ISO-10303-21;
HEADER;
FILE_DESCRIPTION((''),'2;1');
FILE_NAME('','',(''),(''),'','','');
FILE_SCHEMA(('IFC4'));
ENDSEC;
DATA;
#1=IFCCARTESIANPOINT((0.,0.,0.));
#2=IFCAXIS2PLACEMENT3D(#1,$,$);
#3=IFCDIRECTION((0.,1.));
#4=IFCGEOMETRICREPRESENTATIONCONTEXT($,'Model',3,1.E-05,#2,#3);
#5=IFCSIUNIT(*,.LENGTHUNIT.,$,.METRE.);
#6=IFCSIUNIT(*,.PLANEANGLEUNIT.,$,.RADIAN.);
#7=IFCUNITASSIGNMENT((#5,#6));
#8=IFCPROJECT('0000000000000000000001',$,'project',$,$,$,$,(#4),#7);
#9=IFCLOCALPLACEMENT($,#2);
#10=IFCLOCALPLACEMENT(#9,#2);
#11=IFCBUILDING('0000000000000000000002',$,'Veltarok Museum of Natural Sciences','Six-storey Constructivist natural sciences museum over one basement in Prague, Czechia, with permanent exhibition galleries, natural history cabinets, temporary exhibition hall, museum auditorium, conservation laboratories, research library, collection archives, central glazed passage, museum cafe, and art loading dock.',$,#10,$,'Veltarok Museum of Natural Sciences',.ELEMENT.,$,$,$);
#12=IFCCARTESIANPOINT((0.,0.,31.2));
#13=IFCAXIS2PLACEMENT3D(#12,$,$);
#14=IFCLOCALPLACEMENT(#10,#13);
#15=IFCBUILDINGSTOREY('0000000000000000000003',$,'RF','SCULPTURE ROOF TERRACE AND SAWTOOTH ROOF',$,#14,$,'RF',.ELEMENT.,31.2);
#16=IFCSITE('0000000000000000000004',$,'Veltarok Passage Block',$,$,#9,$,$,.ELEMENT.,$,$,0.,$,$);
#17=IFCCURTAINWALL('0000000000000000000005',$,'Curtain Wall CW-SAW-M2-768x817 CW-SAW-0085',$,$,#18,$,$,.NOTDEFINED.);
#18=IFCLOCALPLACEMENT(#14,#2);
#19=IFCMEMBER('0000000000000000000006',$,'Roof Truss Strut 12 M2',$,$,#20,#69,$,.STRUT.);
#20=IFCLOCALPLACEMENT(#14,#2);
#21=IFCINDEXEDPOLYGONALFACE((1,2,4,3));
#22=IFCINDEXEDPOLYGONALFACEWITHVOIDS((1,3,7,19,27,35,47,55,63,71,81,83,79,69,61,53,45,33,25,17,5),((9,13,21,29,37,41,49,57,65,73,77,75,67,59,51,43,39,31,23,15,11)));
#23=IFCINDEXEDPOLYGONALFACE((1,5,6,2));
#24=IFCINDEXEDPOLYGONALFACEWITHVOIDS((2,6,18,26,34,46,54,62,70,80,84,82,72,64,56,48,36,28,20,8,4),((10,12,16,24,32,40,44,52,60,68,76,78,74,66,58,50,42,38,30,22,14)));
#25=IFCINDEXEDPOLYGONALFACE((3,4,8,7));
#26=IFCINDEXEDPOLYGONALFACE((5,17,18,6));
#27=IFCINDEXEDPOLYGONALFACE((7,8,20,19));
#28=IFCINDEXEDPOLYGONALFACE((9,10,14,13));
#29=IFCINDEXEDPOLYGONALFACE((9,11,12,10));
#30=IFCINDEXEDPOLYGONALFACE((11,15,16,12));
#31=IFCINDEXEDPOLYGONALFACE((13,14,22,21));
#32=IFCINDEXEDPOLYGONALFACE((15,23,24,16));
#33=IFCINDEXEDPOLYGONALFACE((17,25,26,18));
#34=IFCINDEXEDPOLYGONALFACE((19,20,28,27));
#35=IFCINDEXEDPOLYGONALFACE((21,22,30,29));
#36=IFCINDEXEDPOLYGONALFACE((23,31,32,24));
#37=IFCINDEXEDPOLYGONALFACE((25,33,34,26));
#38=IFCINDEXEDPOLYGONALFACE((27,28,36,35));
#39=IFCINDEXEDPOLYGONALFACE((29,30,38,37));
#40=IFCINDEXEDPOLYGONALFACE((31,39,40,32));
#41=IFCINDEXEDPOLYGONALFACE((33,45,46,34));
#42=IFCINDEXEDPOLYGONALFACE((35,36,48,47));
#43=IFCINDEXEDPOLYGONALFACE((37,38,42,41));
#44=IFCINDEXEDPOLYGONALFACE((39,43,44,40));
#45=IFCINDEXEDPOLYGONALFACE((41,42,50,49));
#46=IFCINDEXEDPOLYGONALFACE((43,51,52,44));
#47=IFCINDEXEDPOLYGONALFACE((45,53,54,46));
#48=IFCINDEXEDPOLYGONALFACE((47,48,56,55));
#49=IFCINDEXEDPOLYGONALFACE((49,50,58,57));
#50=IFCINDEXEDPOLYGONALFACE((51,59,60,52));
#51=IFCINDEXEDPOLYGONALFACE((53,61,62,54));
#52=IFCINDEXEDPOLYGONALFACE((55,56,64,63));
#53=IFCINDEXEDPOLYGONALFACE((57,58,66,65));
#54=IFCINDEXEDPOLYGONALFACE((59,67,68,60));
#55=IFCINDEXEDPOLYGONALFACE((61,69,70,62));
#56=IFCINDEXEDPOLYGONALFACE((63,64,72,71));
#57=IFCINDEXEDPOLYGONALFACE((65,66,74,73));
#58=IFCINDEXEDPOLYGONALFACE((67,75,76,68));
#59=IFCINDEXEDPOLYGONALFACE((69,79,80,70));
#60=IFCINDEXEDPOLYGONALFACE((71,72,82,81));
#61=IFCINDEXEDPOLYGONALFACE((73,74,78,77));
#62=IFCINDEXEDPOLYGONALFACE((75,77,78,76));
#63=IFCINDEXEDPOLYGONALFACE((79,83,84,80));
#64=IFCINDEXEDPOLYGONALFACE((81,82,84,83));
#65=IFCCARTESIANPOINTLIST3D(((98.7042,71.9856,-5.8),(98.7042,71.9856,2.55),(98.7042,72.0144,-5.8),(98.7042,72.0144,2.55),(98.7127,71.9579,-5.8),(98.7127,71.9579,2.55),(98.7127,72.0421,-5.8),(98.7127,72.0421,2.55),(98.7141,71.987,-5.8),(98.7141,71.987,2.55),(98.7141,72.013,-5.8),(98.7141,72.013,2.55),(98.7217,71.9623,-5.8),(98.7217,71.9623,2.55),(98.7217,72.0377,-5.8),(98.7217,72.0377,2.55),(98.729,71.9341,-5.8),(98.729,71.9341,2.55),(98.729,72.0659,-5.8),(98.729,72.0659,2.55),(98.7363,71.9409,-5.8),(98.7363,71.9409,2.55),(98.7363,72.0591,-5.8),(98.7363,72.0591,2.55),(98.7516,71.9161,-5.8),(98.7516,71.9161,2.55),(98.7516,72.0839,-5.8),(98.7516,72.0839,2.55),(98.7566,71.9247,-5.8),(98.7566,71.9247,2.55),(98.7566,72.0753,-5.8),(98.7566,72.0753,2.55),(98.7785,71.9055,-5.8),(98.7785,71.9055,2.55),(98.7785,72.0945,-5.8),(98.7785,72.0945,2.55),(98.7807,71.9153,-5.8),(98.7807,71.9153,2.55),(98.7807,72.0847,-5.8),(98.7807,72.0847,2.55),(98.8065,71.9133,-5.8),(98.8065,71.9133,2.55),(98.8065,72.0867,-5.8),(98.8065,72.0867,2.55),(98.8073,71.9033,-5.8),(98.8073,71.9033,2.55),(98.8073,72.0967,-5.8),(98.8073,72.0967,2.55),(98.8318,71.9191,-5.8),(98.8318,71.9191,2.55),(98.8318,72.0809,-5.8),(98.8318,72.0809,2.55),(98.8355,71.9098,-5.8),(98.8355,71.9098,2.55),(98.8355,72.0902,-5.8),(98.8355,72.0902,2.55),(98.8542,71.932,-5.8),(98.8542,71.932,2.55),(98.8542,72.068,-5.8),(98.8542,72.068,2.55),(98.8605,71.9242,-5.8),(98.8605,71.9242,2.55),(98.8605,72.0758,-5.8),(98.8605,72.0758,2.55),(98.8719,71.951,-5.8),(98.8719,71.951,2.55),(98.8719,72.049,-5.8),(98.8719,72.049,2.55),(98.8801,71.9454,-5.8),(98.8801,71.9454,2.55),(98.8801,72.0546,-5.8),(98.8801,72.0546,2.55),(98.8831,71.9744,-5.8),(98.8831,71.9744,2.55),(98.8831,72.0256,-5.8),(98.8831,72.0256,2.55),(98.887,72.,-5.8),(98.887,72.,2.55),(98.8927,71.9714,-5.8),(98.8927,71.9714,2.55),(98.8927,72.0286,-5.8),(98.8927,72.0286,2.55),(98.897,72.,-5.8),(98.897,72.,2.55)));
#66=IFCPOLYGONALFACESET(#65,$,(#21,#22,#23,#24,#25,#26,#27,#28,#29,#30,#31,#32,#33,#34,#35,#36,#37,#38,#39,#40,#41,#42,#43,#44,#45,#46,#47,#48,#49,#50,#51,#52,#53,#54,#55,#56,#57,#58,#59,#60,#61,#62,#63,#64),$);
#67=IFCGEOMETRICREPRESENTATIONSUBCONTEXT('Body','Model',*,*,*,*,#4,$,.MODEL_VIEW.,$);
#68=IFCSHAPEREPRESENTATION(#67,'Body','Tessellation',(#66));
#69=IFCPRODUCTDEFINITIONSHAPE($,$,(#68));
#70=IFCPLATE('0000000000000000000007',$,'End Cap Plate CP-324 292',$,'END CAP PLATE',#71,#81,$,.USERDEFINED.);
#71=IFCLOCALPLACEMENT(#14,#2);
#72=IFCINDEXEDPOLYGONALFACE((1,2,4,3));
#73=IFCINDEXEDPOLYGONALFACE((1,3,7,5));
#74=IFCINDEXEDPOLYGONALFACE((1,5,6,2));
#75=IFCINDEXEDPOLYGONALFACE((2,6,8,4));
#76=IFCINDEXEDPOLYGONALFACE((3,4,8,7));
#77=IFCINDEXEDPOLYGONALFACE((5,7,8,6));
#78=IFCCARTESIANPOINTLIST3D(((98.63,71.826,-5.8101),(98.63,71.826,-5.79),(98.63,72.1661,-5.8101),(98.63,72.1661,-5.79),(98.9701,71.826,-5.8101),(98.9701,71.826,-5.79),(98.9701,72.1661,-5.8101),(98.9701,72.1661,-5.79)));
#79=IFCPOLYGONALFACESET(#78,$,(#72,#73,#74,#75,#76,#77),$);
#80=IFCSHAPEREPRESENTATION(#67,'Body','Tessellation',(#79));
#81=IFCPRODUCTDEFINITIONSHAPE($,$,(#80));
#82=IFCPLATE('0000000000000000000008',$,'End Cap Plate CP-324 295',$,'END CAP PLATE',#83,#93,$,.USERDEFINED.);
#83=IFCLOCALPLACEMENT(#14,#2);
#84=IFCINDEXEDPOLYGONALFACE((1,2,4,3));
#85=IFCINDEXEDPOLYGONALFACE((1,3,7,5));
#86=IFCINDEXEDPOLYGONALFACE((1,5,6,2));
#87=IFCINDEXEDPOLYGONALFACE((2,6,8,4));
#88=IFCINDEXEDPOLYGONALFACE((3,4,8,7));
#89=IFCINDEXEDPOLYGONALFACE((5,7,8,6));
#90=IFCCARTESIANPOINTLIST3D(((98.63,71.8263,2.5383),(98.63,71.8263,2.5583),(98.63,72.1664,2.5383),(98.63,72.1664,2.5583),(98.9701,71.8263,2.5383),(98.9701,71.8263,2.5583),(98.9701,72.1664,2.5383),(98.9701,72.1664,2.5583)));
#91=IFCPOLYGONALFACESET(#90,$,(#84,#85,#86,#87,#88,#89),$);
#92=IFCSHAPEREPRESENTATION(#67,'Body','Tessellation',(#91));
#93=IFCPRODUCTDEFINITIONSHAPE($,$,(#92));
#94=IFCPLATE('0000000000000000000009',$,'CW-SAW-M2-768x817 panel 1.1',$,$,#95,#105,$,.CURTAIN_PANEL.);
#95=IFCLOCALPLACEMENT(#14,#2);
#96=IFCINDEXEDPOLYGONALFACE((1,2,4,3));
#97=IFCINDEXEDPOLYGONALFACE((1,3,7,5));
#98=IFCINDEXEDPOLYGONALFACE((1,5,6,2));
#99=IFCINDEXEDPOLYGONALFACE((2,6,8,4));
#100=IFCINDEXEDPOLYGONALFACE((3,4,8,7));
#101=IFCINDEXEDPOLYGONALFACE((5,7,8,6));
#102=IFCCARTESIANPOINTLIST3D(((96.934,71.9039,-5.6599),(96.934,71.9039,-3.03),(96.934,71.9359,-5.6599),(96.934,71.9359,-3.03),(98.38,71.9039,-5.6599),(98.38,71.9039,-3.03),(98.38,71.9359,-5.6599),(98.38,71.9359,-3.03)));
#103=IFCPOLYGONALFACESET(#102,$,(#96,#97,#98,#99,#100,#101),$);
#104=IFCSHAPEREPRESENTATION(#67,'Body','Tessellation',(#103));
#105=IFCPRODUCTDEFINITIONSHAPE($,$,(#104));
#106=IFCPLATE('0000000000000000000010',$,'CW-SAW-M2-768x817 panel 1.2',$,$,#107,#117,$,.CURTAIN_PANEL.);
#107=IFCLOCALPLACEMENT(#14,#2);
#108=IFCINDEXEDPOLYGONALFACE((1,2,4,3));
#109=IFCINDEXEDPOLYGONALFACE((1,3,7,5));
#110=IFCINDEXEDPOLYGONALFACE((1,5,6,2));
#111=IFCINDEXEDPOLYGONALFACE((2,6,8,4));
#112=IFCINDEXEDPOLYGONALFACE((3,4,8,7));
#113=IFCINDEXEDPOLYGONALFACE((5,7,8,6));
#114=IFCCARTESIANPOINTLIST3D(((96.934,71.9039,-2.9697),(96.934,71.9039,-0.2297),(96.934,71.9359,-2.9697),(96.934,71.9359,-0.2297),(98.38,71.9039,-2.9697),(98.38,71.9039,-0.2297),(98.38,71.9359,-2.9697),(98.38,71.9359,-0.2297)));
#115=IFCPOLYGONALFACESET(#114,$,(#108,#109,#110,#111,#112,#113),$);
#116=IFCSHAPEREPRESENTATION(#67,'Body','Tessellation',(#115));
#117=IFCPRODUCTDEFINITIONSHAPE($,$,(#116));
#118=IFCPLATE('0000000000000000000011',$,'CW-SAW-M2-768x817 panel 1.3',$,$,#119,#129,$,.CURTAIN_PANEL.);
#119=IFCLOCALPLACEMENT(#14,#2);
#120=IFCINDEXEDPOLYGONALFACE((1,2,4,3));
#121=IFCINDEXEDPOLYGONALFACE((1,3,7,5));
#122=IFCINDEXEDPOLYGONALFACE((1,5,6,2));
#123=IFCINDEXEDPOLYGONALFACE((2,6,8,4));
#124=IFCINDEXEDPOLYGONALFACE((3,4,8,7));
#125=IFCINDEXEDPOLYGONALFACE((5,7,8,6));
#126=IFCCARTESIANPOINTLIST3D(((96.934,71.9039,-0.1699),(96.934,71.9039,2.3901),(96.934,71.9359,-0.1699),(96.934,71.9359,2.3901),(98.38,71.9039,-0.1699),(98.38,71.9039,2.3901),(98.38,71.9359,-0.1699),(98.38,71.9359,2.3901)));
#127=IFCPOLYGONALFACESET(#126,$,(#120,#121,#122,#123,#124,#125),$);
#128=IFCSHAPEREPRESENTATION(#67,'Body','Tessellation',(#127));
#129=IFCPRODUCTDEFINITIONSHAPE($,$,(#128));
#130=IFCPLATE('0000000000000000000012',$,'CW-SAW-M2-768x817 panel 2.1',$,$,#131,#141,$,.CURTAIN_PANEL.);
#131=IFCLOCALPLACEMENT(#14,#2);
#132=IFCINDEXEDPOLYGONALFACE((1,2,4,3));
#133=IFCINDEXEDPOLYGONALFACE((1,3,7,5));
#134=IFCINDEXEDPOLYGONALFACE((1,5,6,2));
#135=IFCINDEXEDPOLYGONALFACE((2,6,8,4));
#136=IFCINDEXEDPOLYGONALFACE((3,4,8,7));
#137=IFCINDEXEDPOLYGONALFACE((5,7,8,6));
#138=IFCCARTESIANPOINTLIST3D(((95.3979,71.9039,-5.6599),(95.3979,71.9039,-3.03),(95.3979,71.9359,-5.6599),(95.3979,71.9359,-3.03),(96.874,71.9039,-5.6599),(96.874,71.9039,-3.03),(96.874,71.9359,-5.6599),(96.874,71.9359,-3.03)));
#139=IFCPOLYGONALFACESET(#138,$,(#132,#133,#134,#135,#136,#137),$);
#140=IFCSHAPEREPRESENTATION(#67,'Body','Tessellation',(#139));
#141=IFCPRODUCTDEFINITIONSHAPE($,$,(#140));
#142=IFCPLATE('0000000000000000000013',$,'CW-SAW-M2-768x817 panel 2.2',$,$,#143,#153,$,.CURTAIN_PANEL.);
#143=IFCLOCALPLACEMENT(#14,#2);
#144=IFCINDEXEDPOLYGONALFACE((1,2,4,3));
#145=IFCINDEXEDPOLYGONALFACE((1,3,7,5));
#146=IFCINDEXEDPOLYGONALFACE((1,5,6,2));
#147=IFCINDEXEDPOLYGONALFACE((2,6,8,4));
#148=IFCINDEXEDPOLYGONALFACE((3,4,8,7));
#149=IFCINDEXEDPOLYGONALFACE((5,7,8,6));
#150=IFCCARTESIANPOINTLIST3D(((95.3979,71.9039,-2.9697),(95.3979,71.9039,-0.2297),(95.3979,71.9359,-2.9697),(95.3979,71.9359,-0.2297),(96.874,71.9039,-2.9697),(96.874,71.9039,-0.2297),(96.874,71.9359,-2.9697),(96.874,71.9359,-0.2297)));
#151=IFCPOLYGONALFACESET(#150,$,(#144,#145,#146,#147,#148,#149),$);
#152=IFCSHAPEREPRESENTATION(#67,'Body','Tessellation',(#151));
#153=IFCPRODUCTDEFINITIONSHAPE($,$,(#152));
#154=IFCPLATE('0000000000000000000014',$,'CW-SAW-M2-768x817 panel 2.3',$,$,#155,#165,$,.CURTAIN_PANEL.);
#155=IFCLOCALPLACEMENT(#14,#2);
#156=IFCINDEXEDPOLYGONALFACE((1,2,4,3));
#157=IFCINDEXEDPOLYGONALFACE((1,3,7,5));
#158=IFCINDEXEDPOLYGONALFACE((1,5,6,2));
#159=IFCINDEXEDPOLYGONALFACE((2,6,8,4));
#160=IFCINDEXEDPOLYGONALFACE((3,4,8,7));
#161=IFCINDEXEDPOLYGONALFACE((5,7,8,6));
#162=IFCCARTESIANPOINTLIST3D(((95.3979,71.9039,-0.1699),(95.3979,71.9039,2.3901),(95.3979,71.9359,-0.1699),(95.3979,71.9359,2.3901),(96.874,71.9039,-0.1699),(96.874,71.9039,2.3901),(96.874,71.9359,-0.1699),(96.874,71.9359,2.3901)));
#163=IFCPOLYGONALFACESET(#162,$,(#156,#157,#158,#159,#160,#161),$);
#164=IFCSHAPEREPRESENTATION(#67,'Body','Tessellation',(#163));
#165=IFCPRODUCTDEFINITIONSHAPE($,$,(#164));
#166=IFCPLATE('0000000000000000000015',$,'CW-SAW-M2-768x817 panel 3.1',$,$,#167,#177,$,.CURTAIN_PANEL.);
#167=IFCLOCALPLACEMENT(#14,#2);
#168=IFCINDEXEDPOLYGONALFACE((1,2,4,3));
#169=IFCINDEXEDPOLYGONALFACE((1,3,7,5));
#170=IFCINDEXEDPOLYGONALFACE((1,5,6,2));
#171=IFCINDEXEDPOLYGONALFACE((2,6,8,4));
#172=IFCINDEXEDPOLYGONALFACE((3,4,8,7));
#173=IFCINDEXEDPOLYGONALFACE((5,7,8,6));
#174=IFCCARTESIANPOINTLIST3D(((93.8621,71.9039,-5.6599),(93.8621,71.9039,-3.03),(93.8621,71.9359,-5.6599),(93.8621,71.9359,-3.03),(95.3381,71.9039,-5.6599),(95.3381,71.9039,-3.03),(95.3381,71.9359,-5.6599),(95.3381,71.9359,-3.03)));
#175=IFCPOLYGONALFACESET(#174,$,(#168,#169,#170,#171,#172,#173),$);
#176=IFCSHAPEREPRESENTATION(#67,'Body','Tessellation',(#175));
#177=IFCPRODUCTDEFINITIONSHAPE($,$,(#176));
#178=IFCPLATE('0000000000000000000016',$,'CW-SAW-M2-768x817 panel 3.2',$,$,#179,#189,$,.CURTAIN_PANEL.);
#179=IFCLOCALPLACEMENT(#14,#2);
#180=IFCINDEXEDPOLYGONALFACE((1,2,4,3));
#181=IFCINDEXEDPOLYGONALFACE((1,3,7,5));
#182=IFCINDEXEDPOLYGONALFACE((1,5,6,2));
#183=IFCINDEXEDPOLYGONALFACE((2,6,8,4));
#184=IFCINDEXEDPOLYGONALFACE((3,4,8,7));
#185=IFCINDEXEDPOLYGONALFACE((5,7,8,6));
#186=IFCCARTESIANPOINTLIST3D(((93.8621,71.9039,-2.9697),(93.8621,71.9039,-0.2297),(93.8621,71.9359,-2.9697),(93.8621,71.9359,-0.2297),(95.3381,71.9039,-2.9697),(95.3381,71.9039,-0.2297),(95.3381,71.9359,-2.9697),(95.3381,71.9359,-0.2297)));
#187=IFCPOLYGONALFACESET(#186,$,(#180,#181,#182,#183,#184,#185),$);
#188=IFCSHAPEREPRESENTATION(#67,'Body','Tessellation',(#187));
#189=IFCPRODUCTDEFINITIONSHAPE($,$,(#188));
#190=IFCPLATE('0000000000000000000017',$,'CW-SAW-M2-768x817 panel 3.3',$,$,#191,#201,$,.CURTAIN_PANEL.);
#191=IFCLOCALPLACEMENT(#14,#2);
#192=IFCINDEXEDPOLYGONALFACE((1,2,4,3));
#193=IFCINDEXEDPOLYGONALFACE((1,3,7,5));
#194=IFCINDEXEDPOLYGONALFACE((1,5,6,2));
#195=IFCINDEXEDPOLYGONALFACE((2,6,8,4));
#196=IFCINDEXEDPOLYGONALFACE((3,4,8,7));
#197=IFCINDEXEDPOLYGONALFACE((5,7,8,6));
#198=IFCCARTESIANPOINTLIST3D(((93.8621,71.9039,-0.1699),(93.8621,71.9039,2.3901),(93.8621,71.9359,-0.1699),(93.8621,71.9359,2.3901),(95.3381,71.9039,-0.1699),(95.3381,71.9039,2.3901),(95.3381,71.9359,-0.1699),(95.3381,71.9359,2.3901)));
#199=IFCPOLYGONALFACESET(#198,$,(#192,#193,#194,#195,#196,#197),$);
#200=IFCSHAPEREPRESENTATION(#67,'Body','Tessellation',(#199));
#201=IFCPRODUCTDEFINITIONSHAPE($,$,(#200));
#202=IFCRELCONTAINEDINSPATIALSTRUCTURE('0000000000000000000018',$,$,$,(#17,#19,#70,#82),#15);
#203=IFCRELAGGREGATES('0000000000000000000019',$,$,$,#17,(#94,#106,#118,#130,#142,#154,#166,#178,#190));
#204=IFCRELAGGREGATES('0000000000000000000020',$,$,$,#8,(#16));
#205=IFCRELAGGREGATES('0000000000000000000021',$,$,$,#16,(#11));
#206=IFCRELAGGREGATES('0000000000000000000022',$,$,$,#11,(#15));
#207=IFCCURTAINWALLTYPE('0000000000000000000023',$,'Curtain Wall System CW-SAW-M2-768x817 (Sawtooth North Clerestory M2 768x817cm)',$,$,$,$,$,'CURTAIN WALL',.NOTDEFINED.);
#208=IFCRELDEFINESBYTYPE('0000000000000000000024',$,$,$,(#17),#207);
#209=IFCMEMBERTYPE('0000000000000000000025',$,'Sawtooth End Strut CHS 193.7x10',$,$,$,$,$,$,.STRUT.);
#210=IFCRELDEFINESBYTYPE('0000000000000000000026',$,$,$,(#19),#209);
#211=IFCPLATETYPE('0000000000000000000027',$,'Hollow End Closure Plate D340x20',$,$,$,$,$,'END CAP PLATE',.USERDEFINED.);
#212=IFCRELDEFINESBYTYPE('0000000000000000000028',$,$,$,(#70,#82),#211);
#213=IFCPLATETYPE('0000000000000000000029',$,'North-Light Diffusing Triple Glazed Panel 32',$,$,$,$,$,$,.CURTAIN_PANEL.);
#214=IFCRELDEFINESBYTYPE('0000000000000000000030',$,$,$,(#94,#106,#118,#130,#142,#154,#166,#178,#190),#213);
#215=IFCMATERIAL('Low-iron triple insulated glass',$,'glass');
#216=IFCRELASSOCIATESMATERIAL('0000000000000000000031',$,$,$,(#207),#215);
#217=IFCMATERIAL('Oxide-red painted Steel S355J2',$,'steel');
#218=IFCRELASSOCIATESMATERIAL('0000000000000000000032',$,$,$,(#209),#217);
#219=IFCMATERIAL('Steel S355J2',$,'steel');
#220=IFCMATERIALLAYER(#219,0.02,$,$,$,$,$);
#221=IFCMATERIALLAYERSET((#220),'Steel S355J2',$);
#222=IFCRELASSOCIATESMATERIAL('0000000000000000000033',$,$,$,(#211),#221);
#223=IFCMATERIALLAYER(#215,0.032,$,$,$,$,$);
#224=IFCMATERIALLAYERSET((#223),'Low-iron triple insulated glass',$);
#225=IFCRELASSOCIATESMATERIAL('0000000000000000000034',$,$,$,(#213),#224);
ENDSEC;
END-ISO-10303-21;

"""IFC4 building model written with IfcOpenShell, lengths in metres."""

from ifc_helpers import new_model, si_unit, direction, frame, origin, origin_2d, place, context, subcontext, project, spatial, rectangle, hollow_circle, extrude, material, layer, layer_set, material_profile, profile_set, type_object, element, aggregate, save


model = new_model("IFC4")

# Units and contexts
model_context = context("Model", 3, precision=1e-05, world=origin(), true_north=direction((0.0, 1.0)))
body_context = subcontext(model_context, "Body", "Model", "MODEL_VIEW")
ifc_project = project(units=[si_unit("LENGTHUNIT", "METRE"), si_unit("PLANEANGLEUNIT", "RADIAN")], contexts=[model_context])

# Site, building, storey
site_placement = place(None, origin())
site = spatial("IfcSite", under=ifc_project, at=site_placement, Name="Veltarok Passage Block", CompositionType="ELEMENT", RefElevation=0.0)
building_placement = place(site_placement, origin())
building = spatial("IfcBuilding", under=site, at=building_placement, Name="Veltarok Museum of Natural Sciences", Description="Six-storey Constructivist natural sciences museum over one basement in Prague, Czechia, with permanent exhibition galleries, natural history cabinets, temporary exhibition hall, museum auditorium, conservation laboratories, research library, collection archives, central glazed passage, museum cafe, and art loading dock.", LongName="Veltarok Museum of Natural Sciences", CompositionType="ELEMENT")
storey_placement = place(building_placement, frame((0.0, 0.0, 31.2)))
storey = spatial("IfcBuildingStorey", under=building, at=storey_placement, Name="RF", Description="SCULPTURE ROOF TERRACE AND SAWTOOTH ROOF", LongName="RF", CompositionType="ELEMENT", Elevation=31.2)

# Curtain wall
ifc_material_1 = material(Name="Low-iron triple insulated glass", Category="glass")
curtain_wall_type = type_object("IfcCurtainWallType", Name="Curtain Wall System CW-SAW-M2-768x817 (Sawtooth North Clerestory M2 768x817cm)", ElementType="CURTAIN WALL", PredefinedType="NOTDEFINED", material=ifc_material_1)
curtain_wall_placement = place(storey_placement, origin())
curtain_wall = element("IfcCurtainWall", 1, at=curtain_wall_placement, inside=storey, type_object=curtain_wall_type, Name="Curtain Wall CW-SAW-M2-768x817 CW-SAW-0085", PredefinedType="NOTDEFINED")

# Member
ifc_material_2 = material(Name="Oxide-red painted Steel S355J2", Category="steel")
ifc_material_profile_1 = material_profile(ifc_material_2, hollow_circle(Radius=0.0969, WallThickness=0.01, at=origin_2d()), Name="CHS 193.7x10")
ifc_profile_set_1 = profile_set([ifc_material_profile_1], Name="Oxide-red painted Steel S355J2")
member_type_1 = type_object("IfcMemberType", Name="Sawtooth End Strut CHS 193.7x10", PredefinedType="STRUT", material=ifc_profile_set_1)
member_1_placement = place(storey_placement, frame((98.8, 72.0, -5.8), z_axis=(0.0, 0.0, 1.0), x_axis=(1.0, 0.0, 0.0)))
element("IfcMember", 2, at=member_1_placement, inside=storey, type_object=member_type_1, Name="Roof Truss Strut 12 M2", PredefinedType="STRUT", context=body_context, shape_type="SweptSolid", body=[
    extrude(hollow_circle(Radius=0.0969, WallThickness=0.01, at=origin_2d()), origin(), (0.0, 0.0, 1.0), 8.3501),
])

# Plates
ifc_material_3 = material(Name="Steel S355J2", Category="steel")
ifc_layer_1 = layer(ifc_material_3, 0.02)
ifc_layer_set_1 = layer_set([ifc_layer_1], Name="Steel S355J2")
plate_type_1 = type_object("IfcPlateType", Name="Hollow End Closure Plate D340x20", ElementType="END CAP PLATE", PredefinedType="USERDEFINED", material=ifc_layer_set_1)
for number, where, z_axis, x_axis, name in (
    (3, (98.8, 71.9961, -5.8101), (0.0, 0.0, 1.0), (0.0, 1.0, 0.0), "End Cap Plate CP-324 292"),
    (4, (98.8, 71.9963, 2.5383), (0.0, 0.0, 1.0), (0.0, 1.0, 0.0), "End Cap Plate CP-324 295"),
):
    element("IfcPlate", number, at=place(storey_placement, frame(where, z_axis=z_axis, x_axis=x_axis)), inside=storey, type_object=plate_type_1, Name=name, ObjectType="END CAP PLATE", PredefinedType="USERDEFINED", context=body_context, shape_type="SweptSolid", body=[
        extrude(rectangle(XDim=0.3401, YDim=0.3401, at=origin_2d()), origin(), (0.0, 0.0, 1.0), 0.02),
    ])

# Plates
ifc_layer_2 = layer(ifc_material_1, 0.032)
ifc_layer_set_2 = layer_set([ifc_layer_2], Name="Low-iron triple insulated glass")
plate_type_2 = type_object("IfcPlateType", Name="North-Light Diffusing Triple Glazed Panel 32", PredefinedType="CURTAIN_PANEL", material=ifc_layer_set_2)
plate_1_placement = place(storey_placement, frame((97.657, 71.9199, -5.6599), z_axis=(0.0, 0.0, 1.0), x_axis=(-1.0, 0.0, 0.0)))
plate_1 = element("IfcPlate", 5, at=plate_1_placement, type_object=plate_type_2, Name="CW-SAW-M2-768x817 panel 1.1", PredefinedType="CURTAIN_PANEL", context=body_context, shape_type="SweptSolid", body=[
    extrude(rectangle(XDim=1.446, YDim=0.032, at=origin_2d()), origin(), (0.0, 0.0, 1.0), 2.6299),
])
plate_2_placement = place(storey_placement, frame((97.657, 71.9199, -2.9697), z_axis=(0.0, 0.0, 1.0), x_axis=(-1.0, 0.0, 0.0)))
plate_2 = element("IfcPlate", 6, at=plate_2_placement, type_object=plate_type_2, Name="CW-SAW-M2-768x817 panel 1.2", PredefinedType="CURTAIN_PANEL", context=body_context, shape_type="SweptSolid", body=[
    extrude(rectangle(XDim=1.446, YDim=0.032, at=origin_2d()), origin(), (0.0, 0.0, 1.0), 2.74),
])
plate_3_placement = place(storey_placement, frame((97.657, 71.9199, -0.1699), z_axis=(0.0, 0.0, 1.0), x_axis=(-1.0, 0.0, 0.0)))
plate_3 = element("IfcPlate", 7, at=plate_3_placement, type_object=plate_type_2, Name="CW-SAW-M2-768x817 panel 1.3", PredefinedType="CURTAIN_PANEL", context=body_context, shape_type="SweptSolid", body=[
    extrude(rectangle(XDim=1.446, YDim=0.032, at=origin_2d()), origin(), (0.0, 0.0, 1.0), 2.5601),
])
plate_4_placement = place(storey_placement, frame((96.136, 71.9199, -5.6599), z_axis=(0.0, 0.0, 1.0), x_axis=(-1.0, 0.0, 0.0)))
plate_4 = element("IfcPlate", 8, at=plate_4_placement, type_object=plate_type_2, Name="CW-SAW-M2-768x817 panel 2.1", PredefinedType="CURTAIN_PANEL", context=body_context, shape_type="SweptSolid", body=[
    extrude(rectangle(XDim=1.4761, YDim=0.032, at=origin_2d()), origin(), (0.0, 0.0, 1.0), 2.6299),
])
plate_5_placement = place(storey_placement, frame((96.136, 71.9199, -2.9697), z_axis=(0.0, 0.0, 1.0), x_axis=(-1.0, 0.0, 0.0)))
plate_5 = element("IfcPlate", 9, at=plate_5_placement, type_object=plate_type_2, Name="CW-SAW-M2-768x817 panel 2.2", PredefinedType="CURTAIN_PANEL", context=body_context, shape_type="SweptSolid", body=[
    extrude(rectangle(XDim=1.4761, YDim=0.032, at=origin_2d()), origin(), (0.0, 0.0, 1.0), 2.74),
])
plate_6_placement = place(storey_placement, frame((96.136, 71.9199, -0.1699), z_axis=(0.0, 0.0, 1.0), x_axis=(-1.0, 0.0, 0.0)))
plate_6 = element("IfcPlate", 10, at=plate_6_placement, type_object=plate_type_2, Name="CW-SAW-M2-768x817 panel 2.3", PredefinedType="CURTAIN_PANEL", context=body_context, shape_type="SweptSolid", body=[
    extrude(rectangle(XDim=1.4761, YDim=0.032, at=origin_2d()), origin(), (0.0, 0.0, 1.0), 2.5601),
])
plate_7_placement = place(storey_placement, frame((94.6001, 71.9199, -5.6599), z_axis=(0.0, 0.0, 1.0), x_axis=(-1.0, 0.0, 0.0)))
plate_7 = element("IfcPlate", 11, at=plate_7_placement, type_object=plate_type_2, Name="CW-SAW-M2-768x817 panel 3.1", PredefinedType="CURTAIN_PANEL", context=body_context, shape_type="SweptSolid", body=[
    extrude(rectangle(XDim=1.4761, YDim=0.032, at=origin_2d()), origin(), (0.0, 0.0, 1.0), 2.6299),
])
plate_8_placement = place(storey_placement, frame((94.6001, 71.9199, -2.9697), z_axis=(0.0, 0.0, 1.0), x_axis=(-1.0, 0.0, 0.0)))
plate_8 = element("IfcPlate", 12, at=plate_8_placement, type_object=plate_type_2, Name="CW-SAW-M2-768x817 panel 3.2", PredefinedType="CURTAIN_PANEL", context=body_context, shape_type="SweptSolid", body=[
    extrude(rectangle(XDim=1.4761, YDim=0.032, at=origin_2d()), origin(), (0.0, 0.0, 1.0), 2.74),
])
plate_9_placement = place(storey_placement, frame((94.6001, 71.9199, -0.1699), z_axis=(0.0, 0.0, 1.0), x_axis=(-1.0, 0.0, 0.0)))
plate_9 = element("IfcPlate", 13, at=plate_9_placement, type_object=plate_type_2, Name="CW-SAW-M2-768x817 panel 3.3", PredefinedType="CURTAIN_PANEL", context=body_context, shape_type="SweptSolid", body=[
    extrude(rectangle(XDim=1.4761, YDim=0.032, at=origin_2d()), origin(), (0.0, 0.0, 1.0), 2.5601),
])
aggregate(curtain_wall, [plate_1, plate_2, plate_3, plate_4, plate_5, plate_6, plate_7, plate_8, plate_9])

save(model, "model.ifc")
